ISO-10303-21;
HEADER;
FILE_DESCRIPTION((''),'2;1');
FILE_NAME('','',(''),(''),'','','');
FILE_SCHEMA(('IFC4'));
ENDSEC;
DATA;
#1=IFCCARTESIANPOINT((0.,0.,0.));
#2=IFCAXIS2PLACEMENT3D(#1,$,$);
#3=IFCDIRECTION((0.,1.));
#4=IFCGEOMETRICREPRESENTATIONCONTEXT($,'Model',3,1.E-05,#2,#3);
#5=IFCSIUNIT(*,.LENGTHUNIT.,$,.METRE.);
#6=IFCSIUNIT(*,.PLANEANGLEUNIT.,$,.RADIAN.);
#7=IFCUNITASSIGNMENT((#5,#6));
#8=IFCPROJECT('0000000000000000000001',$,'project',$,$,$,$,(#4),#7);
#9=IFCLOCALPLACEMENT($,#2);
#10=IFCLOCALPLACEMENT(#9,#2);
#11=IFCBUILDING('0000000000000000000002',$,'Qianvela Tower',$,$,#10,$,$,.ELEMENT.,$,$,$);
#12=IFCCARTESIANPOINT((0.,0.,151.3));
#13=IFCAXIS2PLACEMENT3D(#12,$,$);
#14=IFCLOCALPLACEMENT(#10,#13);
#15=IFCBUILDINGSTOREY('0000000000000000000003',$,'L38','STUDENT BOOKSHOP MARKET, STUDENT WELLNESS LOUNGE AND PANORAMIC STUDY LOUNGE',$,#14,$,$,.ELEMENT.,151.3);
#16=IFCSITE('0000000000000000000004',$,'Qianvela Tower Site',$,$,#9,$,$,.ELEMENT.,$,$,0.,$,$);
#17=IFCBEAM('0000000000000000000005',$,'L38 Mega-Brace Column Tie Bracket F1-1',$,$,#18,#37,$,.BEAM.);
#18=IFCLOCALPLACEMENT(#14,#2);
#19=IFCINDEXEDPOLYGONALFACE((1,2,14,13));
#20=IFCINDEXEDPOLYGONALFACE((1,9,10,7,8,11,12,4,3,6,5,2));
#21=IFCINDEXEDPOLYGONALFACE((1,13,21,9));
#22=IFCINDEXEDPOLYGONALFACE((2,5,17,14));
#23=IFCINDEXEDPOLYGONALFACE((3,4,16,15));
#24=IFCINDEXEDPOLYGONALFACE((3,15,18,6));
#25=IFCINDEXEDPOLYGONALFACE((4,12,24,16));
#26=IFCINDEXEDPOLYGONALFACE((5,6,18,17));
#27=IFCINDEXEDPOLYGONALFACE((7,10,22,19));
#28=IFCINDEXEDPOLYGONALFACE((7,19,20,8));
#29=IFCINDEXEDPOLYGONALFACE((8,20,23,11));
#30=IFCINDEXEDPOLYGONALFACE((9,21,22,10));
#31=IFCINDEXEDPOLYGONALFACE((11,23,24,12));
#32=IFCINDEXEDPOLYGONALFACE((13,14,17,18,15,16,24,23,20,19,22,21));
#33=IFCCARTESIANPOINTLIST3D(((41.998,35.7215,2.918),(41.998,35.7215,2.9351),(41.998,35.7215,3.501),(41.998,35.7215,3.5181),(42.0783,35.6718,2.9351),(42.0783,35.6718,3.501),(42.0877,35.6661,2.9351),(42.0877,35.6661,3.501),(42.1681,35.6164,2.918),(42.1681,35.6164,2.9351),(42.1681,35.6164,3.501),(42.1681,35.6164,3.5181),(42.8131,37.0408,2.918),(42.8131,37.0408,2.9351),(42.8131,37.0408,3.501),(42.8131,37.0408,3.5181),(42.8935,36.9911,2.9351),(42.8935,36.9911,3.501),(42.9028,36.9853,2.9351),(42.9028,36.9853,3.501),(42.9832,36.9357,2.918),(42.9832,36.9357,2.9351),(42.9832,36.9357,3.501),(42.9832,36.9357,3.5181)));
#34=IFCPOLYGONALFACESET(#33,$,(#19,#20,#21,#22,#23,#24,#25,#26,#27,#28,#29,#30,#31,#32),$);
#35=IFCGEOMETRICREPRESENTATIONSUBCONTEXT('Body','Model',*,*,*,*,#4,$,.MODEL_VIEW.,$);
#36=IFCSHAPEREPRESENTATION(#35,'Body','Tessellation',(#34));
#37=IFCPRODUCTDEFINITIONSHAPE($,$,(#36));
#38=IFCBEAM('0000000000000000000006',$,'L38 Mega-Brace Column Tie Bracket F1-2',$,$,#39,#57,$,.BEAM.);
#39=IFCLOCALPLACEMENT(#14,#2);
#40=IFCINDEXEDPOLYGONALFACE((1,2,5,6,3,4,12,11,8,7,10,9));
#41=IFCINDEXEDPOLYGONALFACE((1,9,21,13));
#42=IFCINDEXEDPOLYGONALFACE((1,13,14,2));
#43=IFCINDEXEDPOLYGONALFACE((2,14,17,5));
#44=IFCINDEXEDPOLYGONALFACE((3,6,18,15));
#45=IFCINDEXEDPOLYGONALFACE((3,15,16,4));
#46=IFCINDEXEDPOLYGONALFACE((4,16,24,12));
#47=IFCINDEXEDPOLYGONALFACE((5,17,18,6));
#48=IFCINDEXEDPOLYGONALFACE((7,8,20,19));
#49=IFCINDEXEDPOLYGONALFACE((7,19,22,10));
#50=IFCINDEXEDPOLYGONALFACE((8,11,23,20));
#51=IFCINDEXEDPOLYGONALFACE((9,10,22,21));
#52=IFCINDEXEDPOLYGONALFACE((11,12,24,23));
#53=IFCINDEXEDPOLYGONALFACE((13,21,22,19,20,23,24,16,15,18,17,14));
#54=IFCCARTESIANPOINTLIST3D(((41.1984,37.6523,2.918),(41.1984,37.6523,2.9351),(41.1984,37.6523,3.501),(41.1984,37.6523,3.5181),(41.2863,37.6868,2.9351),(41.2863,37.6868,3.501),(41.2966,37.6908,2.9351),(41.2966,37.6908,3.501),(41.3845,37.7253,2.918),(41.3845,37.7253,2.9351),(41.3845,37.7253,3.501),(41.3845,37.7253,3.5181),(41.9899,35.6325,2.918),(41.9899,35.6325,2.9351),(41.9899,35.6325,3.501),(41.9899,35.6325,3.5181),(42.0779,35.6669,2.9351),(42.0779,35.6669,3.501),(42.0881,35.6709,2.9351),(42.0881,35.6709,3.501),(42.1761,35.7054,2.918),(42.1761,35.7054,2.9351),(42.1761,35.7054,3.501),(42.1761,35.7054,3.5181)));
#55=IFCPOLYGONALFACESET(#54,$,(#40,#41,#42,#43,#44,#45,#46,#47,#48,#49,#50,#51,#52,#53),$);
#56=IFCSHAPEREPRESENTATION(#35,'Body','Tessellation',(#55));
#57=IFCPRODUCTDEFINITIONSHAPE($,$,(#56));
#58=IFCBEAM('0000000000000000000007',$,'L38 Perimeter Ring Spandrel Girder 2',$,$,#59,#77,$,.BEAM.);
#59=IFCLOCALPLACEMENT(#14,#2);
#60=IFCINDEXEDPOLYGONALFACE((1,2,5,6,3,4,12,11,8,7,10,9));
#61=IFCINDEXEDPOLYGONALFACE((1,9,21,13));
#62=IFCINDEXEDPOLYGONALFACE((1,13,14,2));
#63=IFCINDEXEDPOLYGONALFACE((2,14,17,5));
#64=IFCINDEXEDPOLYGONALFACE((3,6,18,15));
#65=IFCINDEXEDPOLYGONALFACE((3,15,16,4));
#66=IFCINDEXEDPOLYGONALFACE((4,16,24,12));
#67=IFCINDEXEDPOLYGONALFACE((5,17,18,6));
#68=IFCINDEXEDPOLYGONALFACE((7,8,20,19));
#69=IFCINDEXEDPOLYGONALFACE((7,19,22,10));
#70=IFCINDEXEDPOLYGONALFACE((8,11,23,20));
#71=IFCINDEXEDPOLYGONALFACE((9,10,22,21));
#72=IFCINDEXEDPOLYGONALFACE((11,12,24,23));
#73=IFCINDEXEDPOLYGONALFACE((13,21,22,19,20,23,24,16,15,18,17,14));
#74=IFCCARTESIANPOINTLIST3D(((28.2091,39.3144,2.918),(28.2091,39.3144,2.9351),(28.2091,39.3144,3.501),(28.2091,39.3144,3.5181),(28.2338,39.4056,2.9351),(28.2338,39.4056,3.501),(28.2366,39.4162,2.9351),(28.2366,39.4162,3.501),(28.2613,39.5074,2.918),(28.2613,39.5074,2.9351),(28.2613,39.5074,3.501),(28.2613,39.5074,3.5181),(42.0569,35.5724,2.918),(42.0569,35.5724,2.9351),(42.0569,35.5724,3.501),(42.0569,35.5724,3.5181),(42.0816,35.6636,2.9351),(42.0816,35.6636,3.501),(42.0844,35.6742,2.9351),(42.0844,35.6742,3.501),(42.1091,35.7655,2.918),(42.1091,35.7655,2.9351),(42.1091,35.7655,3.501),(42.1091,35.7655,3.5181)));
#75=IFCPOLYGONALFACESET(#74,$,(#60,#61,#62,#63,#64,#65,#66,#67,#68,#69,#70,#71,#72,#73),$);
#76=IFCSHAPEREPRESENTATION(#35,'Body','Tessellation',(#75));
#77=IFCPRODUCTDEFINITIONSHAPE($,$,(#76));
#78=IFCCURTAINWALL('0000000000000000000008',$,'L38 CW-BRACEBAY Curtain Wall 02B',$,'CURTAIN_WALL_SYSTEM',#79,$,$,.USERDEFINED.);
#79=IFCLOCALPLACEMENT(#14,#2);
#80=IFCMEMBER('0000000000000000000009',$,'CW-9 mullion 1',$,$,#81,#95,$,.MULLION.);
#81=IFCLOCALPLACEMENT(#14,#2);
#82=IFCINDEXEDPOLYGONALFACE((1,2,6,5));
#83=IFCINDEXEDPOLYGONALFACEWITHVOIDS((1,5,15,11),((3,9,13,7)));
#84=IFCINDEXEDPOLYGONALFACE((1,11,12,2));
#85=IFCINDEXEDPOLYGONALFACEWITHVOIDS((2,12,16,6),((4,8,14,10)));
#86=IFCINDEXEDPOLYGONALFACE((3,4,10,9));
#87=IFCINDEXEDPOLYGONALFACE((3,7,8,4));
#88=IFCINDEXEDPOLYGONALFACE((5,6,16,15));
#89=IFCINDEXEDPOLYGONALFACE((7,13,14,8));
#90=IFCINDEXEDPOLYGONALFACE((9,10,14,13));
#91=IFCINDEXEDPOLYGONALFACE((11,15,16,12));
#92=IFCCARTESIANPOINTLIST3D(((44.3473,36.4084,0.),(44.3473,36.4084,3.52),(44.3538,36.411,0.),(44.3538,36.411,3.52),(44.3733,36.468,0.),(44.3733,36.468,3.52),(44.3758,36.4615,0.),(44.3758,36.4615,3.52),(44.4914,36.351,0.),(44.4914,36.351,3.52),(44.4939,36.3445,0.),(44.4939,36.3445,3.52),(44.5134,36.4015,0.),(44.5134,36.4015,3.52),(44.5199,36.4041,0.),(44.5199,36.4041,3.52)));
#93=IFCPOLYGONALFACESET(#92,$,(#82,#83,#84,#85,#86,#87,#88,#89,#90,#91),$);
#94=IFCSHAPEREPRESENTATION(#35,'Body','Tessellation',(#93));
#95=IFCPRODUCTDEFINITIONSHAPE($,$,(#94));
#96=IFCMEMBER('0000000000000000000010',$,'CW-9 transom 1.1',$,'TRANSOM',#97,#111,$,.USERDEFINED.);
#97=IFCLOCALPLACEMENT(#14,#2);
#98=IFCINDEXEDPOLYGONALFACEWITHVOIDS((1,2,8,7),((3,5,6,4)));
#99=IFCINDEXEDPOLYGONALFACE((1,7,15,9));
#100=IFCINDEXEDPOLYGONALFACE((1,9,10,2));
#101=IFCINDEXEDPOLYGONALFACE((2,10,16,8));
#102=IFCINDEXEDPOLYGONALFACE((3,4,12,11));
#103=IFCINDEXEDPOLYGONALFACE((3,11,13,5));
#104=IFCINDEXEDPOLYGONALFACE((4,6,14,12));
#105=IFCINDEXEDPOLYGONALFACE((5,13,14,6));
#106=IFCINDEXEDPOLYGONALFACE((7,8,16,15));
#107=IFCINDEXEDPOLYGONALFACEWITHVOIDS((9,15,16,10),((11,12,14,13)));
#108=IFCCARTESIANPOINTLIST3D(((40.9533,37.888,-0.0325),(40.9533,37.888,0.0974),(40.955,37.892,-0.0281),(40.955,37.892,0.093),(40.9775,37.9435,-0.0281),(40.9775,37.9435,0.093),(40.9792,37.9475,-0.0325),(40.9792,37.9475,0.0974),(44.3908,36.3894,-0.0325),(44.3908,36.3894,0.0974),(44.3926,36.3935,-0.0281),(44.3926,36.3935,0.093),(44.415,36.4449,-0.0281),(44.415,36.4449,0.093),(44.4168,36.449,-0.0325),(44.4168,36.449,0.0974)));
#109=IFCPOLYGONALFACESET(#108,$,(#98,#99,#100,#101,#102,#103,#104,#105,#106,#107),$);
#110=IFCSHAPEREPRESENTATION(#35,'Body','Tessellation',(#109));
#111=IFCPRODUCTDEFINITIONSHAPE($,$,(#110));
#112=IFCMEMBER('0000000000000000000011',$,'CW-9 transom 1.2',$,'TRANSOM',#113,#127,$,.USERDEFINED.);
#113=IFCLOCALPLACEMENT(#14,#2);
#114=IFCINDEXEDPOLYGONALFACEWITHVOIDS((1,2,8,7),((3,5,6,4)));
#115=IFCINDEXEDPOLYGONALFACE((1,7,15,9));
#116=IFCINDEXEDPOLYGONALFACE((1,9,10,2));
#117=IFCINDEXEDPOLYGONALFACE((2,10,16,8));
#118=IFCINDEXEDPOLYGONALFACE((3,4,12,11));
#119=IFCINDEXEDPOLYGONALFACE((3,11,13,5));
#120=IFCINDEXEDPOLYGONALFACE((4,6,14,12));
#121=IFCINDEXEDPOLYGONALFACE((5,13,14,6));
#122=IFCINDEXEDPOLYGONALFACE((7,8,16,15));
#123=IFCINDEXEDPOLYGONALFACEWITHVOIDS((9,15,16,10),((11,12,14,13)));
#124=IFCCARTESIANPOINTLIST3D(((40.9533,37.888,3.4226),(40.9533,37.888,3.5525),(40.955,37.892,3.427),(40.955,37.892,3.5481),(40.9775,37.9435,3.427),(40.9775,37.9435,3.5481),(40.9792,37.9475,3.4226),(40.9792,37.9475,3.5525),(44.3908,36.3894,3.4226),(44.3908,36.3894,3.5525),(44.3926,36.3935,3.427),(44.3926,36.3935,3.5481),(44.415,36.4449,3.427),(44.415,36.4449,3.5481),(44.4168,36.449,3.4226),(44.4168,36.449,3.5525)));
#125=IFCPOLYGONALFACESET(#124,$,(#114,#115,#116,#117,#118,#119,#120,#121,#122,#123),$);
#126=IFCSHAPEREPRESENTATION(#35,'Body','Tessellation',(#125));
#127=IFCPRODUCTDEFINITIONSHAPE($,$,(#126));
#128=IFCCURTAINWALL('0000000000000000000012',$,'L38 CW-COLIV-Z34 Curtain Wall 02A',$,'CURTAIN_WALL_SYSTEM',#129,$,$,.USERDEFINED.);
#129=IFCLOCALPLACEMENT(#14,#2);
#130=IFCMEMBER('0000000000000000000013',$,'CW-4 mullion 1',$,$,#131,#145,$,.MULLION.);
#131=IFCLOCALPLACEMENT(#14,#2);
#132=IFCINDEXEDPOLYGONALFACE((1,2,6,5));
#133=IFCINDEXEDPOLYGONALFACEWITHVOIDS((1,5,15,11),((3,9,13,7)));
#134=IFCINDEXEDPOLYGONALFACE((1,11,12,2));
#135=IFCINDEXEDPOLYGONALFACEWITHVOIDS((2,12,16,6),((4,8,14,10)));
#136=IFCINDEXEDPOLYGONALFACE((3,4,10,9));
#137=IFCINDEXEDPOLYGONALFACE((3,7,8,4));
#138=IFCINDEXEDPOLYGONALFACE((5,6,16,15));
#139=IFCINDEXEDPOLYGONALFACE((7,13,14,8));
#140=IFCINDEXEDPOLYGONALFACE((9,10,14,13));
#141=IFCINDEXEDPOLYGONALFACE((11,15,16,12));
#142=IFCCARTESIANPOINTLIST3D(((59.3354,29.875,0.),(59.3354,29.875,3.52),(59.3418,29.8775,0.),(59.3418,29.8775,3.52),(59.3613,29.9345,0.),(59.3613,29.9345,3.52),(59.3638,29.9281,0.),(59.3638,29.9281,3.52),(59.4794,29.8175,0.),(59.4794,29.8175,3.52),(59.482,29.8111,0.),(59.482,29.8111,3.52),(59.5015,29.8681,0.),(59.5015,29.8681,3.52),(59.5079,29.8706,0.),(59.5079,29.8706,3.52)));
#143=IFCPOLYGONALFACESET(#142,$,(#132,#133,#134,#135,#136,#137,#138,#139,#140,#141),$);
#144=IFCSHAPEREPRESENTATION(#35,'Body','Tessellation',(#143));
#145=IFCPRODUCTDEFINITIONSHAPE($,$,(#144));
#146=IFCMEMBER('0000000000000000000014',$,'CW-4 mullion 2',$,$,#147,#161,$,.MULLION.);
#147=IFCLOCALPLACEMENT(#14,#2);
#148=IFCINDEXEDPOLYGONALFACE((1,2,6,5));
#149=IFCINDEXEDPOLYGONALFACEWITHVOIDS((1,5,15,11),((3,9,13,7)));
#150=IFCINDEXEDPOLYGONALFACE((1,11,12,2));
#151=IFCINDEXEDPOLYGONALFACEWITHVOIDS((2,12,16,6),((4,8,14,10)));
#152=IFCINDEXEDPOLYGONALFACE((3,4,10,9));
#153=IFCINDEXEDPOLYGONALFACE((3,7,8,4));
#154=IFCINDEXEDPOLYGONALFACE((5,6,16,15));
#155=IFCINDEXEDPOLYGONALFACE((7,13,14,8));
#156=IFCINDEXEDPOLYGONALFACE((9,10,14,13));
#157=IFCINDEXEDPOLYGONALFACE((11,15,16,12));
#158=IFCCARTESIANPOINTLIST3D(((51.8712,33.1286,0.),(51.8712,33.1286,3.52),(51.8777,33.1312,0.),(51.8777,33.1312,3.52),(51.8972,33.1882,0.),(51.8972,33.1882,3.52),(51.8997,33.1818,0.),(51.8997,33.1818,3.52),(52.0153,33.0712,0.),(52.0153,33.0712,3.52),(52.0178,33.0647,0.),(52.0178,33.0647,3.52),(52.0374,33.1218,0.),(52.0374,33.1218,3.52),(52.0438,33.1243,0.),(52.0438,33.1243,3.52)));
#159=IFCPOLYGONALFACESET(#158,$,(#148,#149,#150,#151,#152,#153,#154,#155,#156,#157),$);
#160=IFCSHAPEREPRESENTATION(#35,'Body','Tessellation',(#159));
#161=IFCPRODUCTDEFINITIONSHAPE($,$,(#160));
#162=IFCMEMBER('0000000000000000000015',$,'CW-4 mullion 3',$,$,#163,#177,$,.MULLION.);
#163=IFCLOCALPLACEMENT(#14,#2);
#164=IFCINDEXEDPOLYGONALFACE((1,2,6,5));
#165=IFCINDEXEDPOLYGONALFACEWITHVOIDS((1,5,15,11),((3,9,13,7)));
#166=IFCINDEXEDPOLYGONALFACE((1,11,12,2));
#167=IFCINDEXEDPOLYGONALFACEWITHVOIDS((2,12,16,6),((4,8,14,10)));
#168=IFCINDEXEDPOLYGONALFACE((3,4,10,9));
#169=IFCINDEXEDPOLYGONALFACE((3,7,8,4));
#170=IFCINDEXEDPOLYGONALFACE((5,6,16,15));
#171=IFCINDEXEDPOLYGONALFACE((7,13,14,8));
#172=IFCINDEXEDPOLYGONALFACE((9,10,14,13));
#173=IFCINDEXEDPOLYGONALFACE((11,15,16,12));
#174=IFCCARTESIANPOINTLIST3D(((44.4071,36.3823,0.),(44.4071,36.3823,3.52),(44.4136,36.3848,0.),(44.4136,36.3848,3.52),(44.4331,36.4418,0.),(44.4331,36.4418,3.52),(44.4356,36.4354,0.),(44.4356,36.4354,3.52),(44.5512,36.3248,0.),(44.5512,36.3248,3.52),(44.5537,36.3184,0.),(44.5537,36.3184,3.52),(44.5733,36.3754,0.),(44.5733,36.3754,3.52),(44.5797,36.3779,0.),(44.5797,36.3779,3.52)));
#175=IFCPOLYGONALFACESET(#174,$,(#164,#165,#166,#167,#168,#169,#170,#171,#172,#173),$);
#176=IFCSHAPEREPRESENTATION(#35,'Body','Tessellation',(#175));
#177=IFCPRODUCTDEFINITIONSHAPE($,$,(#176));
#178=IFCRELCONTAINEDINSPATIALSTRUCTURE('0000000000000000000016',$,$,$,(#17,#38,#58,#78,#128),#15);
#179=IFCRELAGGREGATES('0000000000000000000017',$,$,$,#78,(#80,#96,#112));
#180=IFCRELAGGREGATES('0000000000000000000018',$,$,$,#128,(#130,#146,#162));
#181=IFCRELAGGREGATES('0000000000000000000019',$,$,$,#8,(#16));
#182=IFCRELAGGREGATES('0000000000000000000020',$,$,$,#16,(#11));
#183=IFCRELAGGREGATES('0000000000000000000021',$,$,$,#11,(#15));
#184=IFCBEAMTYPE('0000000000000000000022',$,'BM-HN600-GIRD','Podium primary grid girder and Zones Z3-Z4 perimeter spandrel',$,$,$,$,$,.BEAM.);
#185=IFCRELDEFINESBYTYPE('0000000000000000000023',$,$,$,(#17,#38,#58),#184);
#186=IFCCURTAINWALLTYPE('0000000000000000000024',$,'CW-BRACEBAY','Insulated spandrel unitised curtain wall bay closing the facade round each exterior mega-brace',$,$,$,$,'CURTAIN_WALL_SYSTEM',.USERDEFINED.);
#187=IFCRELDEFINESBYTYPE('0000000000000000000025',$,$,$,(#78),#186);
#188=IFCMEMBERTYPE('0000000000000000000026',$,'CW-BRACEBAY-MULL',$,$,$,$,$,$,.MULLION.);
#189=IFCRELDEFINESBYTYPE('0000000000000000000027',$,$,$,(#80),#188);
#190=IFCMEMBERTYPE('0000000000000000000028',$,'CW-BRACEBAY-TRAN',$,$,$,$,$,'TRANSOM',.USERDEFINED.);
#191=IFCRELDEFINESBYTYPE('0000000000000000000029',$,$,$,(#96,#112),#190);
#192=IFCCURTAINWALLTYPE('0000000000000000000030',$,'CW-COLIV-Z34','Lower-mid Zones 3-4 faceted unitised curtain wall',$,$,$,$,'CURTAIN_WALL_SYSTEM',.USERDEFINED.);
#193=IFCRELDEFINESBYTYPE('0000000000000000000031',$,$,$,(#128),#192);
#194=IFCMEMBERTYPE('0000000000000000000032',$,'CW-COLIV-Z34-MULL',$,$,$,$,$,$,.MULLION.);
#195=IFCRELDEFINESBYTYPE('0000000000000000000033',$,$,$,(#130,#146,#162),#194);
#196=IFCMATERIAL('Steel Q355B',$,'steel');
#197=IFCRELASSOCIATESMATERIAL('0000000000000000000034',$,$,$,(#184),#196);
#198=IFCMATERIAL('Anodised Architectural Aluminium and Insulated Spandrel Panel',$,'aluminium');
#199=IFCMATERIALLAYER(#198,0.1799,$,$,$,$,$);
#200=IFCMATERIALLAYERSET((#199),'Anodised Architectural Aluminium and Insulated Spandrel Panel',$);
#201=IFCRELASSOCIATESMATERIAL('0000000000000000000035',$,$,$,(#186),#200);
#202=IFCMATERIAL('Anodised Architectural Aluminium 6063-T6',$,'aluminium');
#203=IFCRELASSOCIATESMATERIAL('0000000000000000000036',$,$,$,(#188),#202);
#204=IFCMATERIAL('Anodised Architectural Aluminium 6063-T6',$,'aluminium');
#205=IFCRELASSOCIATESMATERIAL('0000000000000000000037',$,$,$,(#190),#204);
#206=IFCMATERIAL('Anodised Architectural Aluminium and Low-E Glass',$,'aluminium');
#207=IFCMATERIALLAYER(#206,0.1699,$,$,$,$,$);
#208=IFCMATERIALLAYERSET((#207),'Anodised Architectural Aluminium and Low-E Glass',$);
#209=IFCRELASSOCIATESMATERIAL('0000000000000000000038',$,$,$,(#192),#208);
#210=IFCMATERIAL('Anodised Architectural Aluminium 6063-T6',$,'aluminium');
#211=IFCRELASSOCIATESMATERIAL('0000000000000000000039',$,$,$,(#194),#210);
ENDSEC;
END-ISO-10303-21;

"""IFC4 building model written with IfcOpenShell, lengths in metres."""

from ifc_helpers import new_model, si_unit, direction, frame, origin, origin_2d, place, context, subcontext, project, spatial, hollow_rectangle, i_section, extrude, material, layer, layer_set, material_profile, profile_set, type_object, element, aggregate, save


model = new_model("IFC4")

# Units and contexts
model_context = context("Model", 3, precision=1e-05, world=origin(), true_north=direction((0.0, 1.0)))
body_context = subcontext(model_context, "Body", "Model", "MODEL_VIEW")
ifc_project = project(units=[si_unit("LENGTHUNIT", "METRE"), si_unit("PLANEANGLEUNIT", "RADIAN")], contexts=[model_context])

# Site, building, storey
site_placement = place(None, origin())
site = spatial("IfcSite", under=ifc_project, at=site_placement, Name="Qianvela Tower Site", CompositionType="ELEMENT", RefElevation=0.0)
building_placement = place(site_placement, origin())
building = spatial("IfcBuilding", under=site, at=building_placement, Name="Qianvela Tower", CompositionType="ELEMENT")
storey_placement = place(building_placement, frame((0.0, 0.0, 151.3)))
storey = spatial("IfcBuildingStorey", under=building, at=storey_placement, Name="L38", Description="STUDENT BOOKSHOP MARKET, STUDENT WELLNESS LOUNGE AND PANORAMIC STUDY LOUNGE", CompositionType="ELEMENT", Elevation=151.3)

# Beams
ifc_material_1 = material(Name="Steel Q355B", Category="steel")
ifc_material_profile_1 = material_profile(ifc_material_1, i_section(OverallWidth=0.2, OverallDepth=0.6001, WebThickness=0.011, FlangeThickness=0.0171, at=origin_2d()), Name="HN600x200x11x17")
ifc_profile_set_1 = profile_set([ifc_material_profile_1], Name="Steel Q355B")
beam_type = type_object("IfcBeamType", Name="BM-HN600-GIRD", Description="Podium primary grid girder and Zones Z3-Z4 perimeter spandrel", PredefinedType="BEAM", material=ifc_profile_set_1)
beam_1_placement = place(storey_placement, frame((42.083, 35.6689, 3.218), z_axis=(0.525634, 0.850711, 0.0), x_axis=(-0.850711, 0.525634, 0.0)))
element("IfcBeam", 1, at=beam_1_placement, inside=storey, type_object=beam_type, Name="L38 Mega-Brace Column Tie Bracket F1-1", PredefinedType="BEAM", context=body_context, shape_type="SweptSolid", body=[
    extrude(i_section(OverallWidth=0.2, OverallDepth=0.6001, WebThickness=0.011, FlangeThickness=0.0171, at=origin_2d()), origin(), (0.0, 0.0, 1.0), 1.5508),
])
beam_2_placement = place(storey_placement, frame((42.083, 35.6689, 3.218), z_axis=(-0.364862, 0.931062, 0.0), x_axis=(-0.931062, -0.364862, 0.0)))
element("IfcBeam", 2, at=beam_2_placement, inside=storey, type_object=beam_type, Name="L38 Mega-Brace Column Tie Bracket F1-2", PredefinedType="BEAM", context=body_context, shape_type="SweptSolid", body=[
    extrude(i_section(OverallWidth=0.2, OverallDepth=0.6001, WebThickness=0.011, FlangeThickness=0.0171, at=origin_2d()), origin(), (0.0, 0.0, 1.0), 2.1694),
])
beam_3_placement = place(storey_placement, frame((42.083, 35.6689, 3.218), z_axis=(-0.965376, 0.260861, 0.0), x_axis=(-0.260861, -0.965376, 0.0)))
element("IfcBeam", 3, at=beam_3_placement, inside=storey, type_object=beam_type, Name="L38 Perimeter Ring Spandrel Girder 2", PredefinedType="BEAM", context=body_context, shape_type="SweptSolid", body=[
    extrude(i_section(OverallWidth=0.2, OverallDepth=0.6001, WebThickness=0.011, FlangeThickness=0.0171, at=origin_2d()), origin(), (0.0, 0.0, 1.0), 14.3445),
])

# Curtain walls, members
ifc_material_2 = material(Name="Anodised Architectural Aluminium and Insulated Spandrel Panel", Category="aluminium")
ifc_layer_1 = layer(ifc_material_2, 0.1799)
ifc_layer_set_1 = layer_set([ifc_layer_1], Name="Anodised Architectural Aluminium and Insulated Spandrel Panel")
curtain_wall_type_1 = type_object("IfcCurtainWallType", Name="CW-BRACEBAY", Description="Insulated spandrel unitised curtain wall bay closing the facade round each exterior mega-brace", ElementType="CURTAIN_WALL_SYSTEM", PredefinedType="USERDEFINED", material=ifc_layer_set_1)
curtain_wall_1_placement = place(storey_placement, origin())
curtain_wall_1 = element("IfcCurtainWall", 4, at=curtain_wall_1_placement, inside=storey, type_object=curtain_wall_type_1, Name="L38 CW-BRACEBAY Curtain Wall 02B", ObjectType="CURTAIN_WALL_SYSTEM", PredefinedType="USERDEFINED")
ifc_material_3 = material(Name="Anodised Architectural Aluminium 6063-T6", Category="aluminium")
ifc_material_profile_2 = material_profile(ifc_material_3, hollow_rectangle(XDim=0.0649, YDim=0.1599, WallThickness=0.0049, at=origin_2d()), Name="ALU-MULL-65x160")
ifc_profile_set_2 = profile_set([ifc_material_profile_2], Name="Anodised Architectural Aluminium 6063-T6")
member_type_1 = type_object("IfcMemberType", Name="CW-BRACEBAY-MULL", PredefinedType="MULLION", material=ifc_profile_set_2)
member_1_placement = place(storey_placement, frame((44.4336, 36.4062, 0.0), z_axis=(0.0, 0.0, 1.0), x_axis=(-0.399607, -0.916687, 0.0)))
member_1 = element("IfcMember", 5, at=member_1_placement, type_object=member_type_1, Name="CW-9 mullion 1", PredefinedType="MULLION", context=body_context, shape_type="SweptSolid", body=[
    extrude(hollow_rectangle(XDim=0.0649, YDim=0.1599, WallThickness=0.0049, at=origin_2d()), origin(), (0.0, 0.0, 1.0), 3.52),
])
ifc_material_4 = material(Name="Anodised Architectural Aluminium 6063-T6", Category="aluminium")
ifc_material_profile_3 = material_profile(ifc_material_4, hollow_rectangle(XDim=0.0649, YDim=0.1299, WallThickness=0.0044, at=origin_2d()), Name="ALU-TRAN-65x130")
ifc_profile_set_3 = profile_set([ifc_material_profile_3], Name="Anodised Architectural Aluminium 6063-T6")
member_type_2 = type_object("IfcMemberType", Name="CW-BRACEBAY-TRAN", ElementType="TRANSOM", PredefinedType="USERDEFINED", material=ifc_profile_set_3)
member_2_placement = place(storey_placement, frame((44.4038, 36.4192, 0.0325), z_axis=(-0.916683, 0.399616, 0.0), x_axis=(-0.399616, -0.916683, 0.0)))
member_2 = element("IfcMember", 6, at=member_2_placement, type_object=member_type_2, Name="CW-9 transom 1.1", ObjectType="TRANSOM", PredefinedType="USERDEFINED", context=body_context, shape_type="SweptSolid", body=[
    extrude(hollow_rectangle(XDim=0.0649, YDim=0.1299, WallThickness=0.0044, at=origin_2d()), origin(), (0.0, 0.0, 1.0), 3.75),
])
member_3_placement = place(storey_placement, frame((44.4038, 36.4192, 3.4875), z_axis=(-0.916683, 0.399616, 0.0), x_axis=(-0.399616, -0.916683, 0.0)))
member_3 = element("IfcMember", 7, at=member_3_placement, type_object=member_type_2, Name="CW-9 transom 1.2", ObjectType="TRANSOM", PredefinedType="USERDEFINED", context=body_context, shape_type="SweptSolid", body=[
    extrude(hollow_rectangle(XDim=0.0649, YDim=0.1299, WallThickness=0.0044, at=origin_2d()), origin(), (0.0, 0.0, 1.0), 3.75),
])
ifc_material_5 = material(Name="Anodised Architectural Aluminium and Low-E Glass", Category="aluminium")
ifc_layer_2 = layer(ifc_material_5, 0.1699)
ifc_layer_set_2 = layer_set([ifc_layer_2], Name="Anodised Architectural Aluminium and Low-E Glass")
curtain_wall_type_2 = type_object("IfcCurtainWallType", Name="CW-COLIV-Z34", Description="Lower-mid Zones 3-4 faceted unitised curtain wall", ElementType="CURTAIN_WALL_SYSTEM", PredefinedType="USERDEFINED", material=ifc_layer_set_2)
curtain_wall_2_placement = place(storey_placement, origin())
curtain_wall_2 = element("IfcCurtainWall", 8, at=curtain_wall_2_placement, inside=storey, type_object=curtain_wall_type_2, Name="L38 CW-COLIV-Z34 Curtain Wall 02A", ObjectType="CURTAIN_WALL_SYSTEM", PredefinedType="USERDEFINED")
ifc_material_6 = material(Name="Anodised Architectural Aluminium 6063-T6", Category="aluminium")
ifc_material_profile_4 = material_profile(ifc_material_6, hollow_rectangle(XDim=0.0649, YDim=0.1599, WallThickness=0.0049, at=origin_2d()), Name="ALU-MULL-65x160")
ifc_profile_set_4 = profile_set([ifc_material_profile_4], Name="Anodised Architectural Aluminium 6063-T6")
member_type_3 = type_object("IfcMemberType", Name="CW-COLIV-Z34-MULL", PredefinedType="MULLION", material=ifc_profile_set_4)
member_4_placement = place(storey_placement, frame((59.4216, 29.8728, 0.0), z_axis=(0.0, 0.0, 1.0), x_axis=(-0.399596, -0.916691, 0.0)))
member_4 = element("IfcMember", 9, at=member_4_placement, type_object=member_type_3, Name="CW-4 mullion 1", PredefinedType="MULLION", context=body_context, shape_type="SweptSolid", body=[
    extrude(hollow_rectangle(XDim=0.0649, YDim=0.1599, WallThickness=0.0049, at=origin_2d()), origin(), (0.0, 0.0, 1.0), 3.52),
])
member_5_placement = place(storey_placement, frame((51.9575, 33.1265, 0.0), z_axis=(0.0, 0.0, 1.0), x_axis=(-0.399596, -0.916691, 0.0)))
member_5 = element("IfcMember", 10, at=member_5_placement, type_object=member_type_3, Name="CW-4 mullion 2", PredefinedType="MULLION", context=body_context, shape_type="SweptSolid", body=[
    extrude(hollow_rectangle(XDim=0.0649, YDim=0.1599, WallThickness=0.0049, at=origin_2d()), origin(), (0.0, 0.0, 1.0), 3.52),
])
member_6_placement = place(storey_placement, frame((44.4934, 36.3801, 0.0), z_axis=(0.0, 0.0, 1.0), x_axis=(-0.399596, -0.916691, 0.0)))
member_6 = element("IfcMember", 11, at=member_6_placement, type_object=member_type_3, Name="CW-4 mullion 3", PredefinedType="MULLION", context=body_context, shape_type="SweptSolid", body=[
    extrude(hollow_rectangle(XDim=0.0649, YDim=0.1599, WallThickness=0.0049, at=origin_2d()), origin(), (0.0, 0.0, 1.0), 3.52),
])

aggregate(curtain_wall_1, [member_1, member_2, member_3])
aggregate(curtain_wall_2, [member_4, member_5, member_6])

save(model, "model.ifc")
